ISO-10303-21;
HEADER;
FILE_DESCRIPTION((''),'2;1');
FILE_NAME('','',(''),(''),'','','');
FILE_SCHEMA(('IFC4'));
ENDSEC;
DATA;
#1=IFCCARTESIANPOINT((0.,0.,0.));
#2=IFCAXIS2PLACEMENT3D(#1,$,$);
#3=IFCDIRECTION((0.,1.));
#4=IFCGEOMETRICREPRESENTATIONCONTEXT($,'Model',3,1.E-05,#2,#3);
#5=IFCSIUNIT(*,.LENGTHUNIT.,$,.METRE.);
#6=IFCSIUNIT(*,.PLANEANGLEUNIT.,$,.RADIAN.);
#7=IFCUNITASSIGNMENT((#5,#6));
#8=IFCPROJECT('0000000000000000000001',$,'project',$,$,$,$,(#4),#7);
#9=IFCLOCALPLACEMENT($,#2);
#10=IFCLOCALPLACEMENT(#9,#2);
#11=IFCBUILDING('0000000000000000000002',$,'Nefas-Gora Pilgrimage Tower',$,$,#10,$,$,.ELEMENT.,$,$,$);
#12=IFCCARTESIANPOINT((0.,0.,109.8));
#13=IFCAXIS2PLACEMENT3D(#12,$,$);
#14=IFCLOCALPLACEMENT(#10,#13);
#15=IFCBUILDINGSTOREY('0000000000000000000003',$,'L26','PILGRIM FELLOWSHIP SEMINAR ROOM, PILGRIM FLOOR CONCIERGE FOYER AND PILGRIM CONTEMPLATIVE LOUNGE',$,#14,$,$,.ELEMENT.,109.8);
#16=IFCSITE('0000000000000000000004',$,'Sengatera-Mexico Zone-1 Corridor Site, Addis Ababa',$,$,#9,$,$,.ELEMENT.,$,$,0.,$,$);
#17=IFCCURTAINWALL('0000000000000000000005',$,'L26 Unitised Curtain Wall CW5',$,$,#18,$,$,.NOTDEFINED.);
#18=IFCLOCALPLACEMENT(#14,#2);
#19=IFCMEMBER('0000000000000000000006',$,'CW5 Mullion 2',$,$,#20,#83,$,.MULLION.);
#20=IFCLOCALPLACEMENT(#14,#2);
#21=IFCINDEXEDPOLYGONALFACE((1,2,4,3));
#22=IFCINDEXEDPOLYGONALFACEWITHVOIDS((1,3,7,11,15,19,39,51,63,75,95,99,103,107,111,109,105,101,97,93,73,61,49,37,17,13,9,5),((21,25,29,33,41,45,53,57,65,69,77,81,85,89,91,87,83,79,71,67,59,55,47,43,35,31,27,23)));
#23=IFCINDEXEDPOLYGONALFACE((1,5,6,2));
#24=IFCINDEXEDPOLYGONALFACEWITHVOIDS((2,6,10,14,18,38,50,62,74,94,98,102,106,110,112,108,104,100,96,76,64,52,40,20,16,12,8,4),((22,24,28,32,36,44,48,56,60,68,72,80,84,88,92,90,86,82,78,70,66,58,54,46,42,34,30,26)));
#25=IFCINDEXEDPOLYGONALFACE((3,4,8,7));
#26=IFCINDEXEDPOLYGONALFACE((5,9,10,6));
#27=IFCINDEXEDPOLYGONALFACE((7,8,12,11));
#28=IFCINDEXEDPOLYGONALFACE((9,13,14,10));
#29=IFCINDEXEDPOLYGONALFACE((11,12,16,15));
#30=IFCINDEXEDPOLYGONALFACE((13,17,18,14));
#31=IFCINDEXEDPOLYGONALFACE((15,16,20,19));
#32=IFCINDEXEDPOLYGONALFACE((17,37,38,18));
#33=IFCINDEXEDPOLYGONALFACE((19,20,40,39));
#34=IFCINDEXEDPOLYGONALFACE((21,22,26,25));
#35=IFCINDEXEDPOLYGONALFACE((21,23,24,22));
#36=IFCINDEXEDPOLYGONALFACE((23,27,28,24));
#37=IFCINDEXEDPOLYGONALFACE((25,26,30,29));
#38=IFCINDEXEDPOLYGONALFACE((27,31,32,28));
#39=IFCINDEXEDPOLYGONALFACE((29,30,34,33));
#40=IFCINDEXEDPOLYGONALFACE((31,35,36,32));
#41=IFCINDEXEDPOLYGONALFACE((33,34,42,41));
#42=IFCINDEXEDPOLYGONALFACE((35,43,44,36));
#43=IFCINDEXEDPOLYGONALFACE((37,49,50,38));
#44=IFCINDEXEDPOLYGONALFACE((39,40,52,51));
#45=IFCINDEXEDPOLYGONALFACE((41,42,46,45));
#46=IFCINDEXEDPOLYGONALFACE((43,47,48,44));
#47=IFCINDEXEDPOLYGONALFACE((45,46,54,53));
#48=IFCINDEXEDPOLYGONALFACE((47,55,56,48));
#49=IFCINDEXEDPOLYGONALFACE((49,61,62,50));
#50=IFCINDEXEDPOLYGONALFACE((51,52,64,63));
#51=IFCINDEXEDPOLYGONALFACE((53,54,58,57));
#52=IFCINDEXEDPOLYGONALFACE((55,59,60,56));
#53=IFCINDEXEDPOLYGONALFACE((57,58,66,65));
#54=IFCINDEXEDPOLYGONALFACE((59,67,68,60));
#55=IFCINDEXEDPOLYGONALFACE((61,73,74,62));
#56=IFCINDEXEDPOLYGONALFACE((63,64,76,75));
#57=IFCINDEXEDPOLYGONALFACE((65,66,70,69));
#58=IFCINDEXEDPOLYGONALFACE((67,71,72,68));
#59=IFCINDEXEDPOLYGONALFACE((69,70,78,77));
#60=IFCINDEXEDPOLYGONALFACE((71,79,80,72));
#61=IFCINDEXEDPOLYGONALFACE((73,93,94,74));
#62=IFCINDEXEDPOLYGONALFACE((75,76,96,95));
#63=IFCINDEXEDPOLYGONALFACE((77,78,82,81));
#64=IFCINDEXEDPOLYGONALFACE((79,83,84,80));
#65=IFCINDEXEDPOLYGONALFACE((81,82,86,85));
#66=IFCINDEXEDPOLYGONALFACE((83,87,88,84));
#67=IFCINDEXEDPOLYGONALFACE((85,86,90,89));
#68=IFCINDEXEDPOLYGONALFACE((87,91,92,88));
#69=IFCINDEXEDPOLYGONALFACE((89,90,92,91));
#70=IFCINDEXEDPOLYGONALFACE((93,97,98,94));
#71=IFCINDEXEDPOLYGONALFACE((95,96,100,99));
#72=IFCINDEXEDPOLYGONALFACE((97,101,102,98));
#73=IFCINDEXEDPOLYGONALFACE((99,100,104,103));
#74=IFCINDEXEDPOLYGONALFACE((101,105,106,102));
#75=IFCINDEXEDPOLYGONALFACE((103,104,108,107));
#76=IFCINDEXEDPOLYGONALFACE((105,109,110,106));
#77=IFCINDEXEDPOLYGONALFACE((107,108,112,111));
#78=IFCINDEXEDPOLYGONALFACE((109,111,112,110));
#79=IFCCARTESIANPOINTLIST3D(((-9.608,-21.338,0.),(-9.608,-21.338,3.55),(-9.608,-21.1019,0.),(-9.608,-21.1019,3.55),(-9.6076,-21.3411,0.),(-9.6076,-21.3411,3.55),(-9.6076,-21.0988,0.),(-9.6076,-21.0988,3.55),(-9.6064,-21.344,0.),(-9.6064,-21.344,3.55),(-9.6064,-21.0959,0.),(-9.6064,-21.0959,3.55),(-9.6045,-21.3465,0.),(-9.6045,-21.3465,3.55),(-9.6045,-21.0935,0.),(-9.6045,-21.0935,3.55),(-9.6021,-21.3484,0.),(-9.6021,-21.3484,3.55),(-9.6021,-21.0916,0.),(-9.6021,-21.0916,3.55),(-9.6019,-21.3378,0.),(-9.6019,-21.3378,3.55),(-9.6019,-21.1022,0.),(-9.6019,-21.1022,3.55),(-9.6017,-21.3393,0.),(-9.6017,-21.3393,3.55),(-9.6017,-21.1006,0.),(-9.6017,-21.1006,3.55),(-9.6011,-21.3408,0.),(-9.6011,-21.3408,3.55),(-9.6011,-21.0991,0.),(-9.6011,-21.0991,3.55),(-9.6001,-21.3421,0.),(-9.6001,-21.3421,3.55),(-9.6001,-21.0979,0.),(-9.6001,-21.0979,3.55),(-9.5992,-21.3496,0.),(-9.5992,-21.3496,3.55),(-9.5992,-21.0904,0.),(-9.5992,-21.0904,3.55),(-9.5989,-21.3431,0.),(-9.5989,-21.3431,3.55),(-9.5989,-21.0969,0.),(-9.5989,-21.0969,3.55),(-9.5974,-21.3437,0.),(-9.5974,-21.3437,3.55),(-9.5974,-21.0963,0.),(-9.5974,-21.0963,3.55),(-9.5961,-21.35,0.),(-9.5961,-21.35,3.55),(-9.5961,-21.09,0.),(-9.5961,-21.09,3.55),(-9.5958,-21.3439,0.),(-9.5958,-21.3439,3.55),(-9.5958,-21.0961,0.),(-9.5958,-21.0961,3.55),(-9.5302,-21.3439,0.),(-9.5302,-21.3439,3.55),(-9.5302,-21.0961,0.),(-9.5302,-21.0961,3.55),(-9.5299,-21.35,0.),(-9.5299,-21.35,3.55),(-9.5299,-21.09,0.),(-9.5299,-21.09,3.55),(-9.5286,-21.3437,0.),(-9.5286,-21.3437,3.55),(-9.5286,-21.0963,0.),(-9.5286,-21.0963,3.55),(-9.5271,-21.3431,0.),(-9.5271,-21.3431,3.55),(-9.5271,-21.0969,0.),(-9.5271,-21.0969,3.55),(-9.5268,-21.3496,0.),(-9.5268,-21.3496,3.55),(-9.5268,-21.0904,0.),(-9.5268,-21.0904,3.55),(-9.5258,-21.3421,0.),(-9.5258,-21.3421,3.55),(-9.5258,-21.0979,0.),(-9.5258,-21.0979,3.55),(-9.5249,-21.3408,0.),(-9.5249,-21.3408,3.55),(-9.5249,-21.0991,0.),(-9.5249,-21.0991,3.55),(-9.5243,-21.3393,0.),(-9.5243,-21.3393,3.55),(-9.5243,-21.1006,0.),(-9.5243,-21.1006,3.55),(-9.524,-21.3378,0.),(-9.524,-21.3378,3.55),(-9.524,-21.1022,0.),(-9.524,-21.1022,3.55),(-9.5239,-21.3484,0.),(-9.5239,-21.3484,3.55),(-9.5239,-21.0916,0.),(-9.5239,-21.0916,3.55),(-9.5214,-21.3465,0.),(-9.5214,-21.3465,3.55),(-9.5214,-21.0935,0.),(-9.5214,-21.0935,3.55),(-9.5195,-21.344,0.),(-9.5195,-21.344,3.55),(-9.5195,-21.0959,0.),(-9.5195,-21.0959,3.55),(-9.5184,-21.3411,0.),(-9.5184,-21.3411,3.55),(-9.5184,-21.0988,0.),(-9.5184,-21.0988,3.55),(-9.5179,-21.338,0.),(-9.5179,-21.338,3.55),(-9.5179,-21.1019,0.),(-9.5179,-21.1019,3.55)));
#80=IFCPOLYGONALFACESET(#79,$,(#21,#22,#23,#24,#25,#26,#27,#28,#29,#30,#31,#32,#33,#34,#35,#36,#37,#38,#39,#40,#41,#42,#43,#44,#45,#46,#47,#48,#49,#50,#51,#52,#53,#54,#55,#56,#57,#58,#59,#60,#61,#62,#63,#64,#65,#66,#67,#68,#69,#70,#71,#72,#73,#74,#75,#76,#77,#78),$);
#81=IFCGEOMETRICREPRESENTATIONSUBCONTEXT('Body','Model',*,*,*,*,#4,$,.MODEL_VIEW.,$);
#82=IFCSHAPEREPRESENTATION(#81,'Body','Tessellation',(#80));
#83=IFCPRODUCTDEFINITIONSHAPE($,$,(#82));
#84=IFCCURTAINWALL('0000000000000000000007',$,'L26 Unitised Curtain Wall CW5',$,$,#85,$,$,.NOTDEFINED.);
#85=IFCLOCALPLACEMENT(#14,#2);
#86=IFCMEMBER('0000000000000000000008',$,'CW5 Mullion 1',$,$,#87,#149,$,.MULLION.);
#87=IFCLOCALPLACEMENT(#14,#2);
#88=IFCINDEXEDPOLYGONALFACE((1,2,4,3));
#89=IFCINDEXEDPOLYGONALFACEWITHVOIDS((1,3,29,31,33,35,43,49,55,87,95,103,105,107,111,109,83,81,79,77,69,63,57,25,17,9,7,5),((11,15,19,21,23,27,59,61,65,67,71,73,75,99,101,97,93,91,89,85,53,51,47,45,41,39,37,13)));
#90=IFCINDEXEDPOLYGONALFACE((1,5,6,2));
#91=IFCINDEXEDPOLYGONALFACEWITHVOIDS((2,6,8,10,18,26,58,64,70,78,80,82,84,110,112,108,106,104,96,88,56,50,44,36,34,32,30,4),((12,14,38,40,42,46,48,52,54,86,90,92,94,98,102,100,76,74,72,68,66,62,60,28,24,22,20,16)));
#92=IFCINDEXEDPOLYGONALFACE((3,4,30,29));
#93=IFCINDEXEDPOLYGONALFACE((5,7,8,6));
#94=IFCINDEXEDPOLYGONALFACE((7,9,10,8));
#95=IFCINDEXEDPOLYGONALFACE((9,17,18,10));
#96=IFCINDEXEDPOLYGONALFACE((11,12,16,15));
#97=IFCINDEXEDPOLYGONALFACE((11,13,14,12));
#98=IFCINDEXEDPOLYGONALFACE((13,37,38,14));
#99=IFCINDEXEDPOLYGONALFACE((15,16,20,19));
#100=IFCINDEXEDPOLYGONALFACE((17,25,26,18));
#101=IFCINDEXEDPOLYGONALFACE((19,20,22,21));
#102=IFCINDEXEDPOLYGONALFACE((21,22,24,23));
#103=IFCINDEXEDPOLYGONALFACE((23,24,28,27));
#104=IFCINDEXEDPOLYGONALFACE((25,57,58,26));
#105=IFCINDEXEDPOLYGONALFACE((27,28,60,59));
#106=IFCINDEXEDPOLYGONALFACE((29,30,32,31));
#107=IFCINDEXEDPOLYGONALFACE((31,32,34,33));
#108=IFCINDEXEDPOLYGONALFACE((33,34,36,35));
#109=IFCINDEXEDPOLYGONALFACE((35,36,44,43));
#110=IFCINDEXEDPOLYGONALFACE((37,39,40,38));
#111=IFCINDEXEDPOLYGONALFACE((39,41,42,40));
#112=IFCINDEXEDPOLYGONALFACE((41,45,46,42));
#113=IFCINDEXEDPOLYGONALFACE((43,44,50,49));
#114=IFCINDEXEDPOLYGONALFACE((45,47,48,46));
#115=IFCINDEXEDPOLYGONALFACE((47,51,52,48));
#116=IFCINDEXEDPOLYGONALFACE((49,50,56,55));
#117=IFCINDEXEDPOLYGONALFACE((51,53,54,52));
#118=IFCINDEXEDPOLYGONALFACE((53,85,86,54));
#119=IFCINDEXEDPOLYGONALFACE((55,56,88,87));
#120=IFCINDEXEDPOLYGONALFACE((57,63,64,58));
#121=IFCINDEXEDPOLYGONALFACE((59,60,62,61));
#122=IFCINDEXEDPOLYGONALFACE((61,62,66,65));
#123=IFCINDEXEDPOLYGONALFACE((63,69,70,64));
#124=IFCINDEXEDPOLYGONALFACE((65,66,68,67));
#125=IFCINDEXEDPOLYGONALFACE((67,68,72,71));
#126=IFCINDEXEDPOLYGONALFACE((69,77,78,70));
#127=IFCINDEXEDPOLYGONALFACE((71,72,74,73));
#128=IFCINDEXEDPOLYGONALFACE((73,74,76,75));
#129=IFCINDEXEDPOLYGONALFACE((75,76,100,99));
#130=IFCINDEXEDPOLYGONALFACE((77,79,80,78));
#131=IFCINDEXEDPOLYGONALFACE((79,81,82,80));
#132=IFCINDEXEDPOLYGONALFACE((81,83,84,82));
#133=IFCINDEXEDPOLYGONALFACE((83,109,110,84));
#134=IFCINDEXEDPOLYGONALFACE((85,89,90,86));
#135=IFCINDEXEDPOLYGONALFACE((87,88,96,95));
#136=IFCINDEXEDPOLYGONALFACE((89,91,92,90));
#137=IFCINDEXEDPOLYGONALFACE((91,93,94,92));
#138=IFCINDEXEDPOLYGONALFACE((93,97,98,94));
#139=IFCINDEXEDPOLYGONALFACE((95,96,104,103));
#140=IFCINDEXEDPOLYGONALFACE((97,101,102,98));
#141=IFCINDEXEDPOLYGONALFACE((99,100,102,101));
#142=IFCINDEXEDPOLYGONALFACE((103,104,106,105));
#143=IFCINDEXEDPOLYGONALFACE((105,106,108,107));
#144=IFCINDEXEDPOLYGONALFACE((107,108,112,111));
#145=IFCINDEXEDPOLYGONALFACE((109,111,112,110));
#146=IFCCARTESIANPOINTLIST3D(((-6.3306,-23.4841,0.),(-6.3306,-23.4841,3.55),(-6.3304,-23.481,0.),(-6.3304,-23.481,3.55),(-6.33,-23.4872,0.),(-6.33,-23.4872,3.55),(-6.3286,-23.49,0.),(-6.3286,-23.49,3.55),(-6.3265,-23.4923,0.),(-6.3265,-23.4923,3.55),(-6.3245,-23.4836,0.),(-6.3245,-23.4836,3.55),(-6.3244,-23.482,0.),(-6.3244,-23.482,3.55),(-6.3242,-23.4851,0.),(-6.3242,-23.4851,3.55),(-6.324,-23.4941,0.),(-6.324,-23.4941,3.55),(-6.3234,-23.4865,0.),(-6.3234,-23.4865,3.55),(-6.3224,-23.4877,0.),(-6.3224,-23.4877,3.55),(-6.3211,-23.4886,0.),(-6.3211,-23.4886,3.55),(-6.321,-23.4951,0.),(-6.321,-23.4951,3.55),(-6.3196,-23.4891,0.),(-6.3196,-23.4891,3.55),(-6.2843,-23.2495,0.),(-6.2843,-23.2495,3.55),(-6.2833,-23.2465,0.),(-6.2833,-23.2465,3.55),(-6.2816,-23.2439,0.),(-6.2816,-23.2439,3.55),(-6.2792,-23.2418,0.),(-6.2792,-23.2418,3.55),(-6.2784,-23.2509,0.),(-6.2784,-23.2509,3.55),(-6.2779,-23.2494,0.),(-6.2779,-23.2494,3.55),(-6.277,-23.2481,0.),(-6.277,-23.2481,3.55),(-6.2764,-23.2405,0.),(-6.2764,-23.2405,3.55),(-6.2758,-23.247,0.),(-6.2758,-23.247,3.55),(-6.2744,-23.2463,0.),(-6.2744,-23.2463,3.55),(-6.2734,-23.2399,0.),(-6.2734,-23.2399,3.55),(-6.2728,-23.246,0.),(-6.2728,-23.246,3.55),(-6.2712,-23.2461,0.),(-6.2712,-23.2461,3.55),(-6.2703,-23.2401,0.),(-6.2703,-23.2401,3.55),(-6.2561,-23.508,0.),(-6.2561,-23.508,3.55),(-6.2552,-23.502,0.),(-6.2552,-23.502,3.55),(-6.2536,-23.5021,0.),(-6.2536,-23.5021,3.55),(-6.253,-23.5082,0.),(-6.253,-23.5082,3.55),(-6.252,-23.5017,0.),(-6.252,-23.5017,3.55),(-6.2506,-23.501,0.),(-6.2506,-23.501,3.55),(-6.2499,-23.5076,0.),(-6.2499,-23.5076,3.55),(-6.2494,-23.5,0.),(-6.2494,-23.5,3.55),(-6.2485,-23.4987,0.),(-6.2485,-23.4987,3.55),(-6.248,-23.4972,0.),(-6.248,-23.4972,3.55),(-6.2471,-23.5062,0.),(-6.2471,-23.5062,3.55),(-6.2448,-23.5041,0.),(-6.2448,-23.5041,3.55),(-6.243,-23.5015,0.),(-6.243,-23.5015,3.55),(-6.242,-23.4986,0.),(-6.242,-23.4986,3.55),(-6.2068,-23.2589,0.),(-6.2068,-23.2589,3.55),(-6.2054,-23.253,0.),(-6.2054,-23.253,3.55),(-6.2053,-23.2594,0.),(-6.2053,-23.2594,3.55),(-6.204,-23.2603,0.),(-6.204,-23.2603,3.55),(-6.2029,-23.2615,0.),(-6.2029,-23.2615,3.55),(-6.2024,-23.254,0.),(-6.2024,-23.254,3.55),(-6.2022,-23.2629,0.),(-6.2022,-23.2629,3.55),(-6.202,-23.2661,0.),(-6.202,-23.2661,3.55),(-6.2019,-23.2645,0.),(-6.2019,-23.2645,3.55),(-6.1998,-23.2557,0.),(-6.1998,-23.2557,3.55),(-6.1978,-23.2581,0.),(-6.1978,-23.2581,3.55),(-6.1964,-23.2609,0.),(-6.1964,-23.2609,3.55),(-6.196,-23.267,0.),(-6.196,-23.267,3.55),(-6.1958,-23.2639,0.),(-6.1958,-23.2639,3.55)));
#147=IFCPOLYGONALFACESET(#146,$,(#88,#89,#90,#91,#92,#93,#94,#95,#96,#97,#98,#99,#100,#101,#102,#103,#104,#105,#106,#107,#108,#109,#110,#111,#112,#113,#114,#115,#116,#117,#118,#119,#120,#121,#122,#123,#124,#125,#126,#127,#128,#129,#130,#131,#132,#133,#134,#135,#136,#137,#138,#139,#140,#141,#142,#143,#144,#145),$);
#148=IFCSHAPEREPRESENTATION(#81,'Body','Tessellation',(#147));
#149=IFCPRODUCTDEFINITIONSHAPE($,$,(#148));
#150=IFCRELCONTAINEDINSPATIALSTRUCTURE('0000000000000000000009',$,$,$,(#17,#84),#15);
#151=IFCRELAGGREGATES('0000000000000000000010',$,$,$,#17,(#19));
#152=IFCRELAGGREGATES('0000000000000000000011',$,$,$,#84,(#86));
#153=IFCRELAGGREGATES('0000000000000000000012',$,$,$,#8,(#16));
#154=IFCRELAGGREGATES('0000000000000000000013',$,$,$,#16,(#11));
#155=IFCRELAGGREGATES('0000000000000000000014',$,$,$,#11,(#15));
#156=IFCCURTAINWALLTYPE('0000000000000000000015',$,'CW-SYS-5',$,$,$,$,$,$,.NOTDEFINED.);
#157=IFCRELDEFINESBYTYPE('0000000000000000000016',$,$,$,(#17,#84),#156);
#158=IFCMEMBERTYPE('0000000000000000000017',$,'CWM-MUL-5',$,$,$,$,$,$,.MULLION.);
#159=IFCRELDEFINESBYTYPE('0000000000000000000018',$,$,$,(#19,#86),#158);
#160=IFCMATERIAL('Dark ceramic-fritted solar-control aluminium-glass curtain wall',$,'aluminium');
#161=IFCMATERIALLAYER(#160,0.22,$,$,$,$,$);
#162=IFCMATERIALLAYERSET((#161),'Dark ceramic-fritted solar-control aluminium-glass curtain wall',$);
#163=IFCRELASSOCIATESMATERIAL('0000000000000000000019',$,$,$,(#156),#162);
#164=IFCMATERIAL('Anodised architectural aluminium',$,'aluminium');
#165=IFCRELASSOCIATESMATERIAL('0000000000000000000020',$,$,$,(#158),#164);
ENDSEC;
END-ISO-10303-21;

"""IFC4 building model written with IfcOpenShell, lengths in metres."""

from ifc_helpers import new_model, si_unit, direction, frame, origin, origin_2d, place, context, subcontext, project, spatial, hollow_rectangle, extrude, source, transform, mapped, material, layer, layer_set, material_profile, profile_set, type_object, element, aggregate, save


model = new_model("IFC4")

# Units and contexts
model_context = context("Model", 3, precision=1e-05, world=origin(), true_north=direction((0.0, 1.0)))
body_context = subcontext(model_context, "Body", "Model", "MODEL_VIEW")
ifc_project = project(units=[si_unit("LENGTHUNIT", "METRE"), si_unit("PLANEANGLEUNIT", "RADIAN")], contexts=[model_context])

# Site, building, storey
site_placement = place(None, origin())
site = spatial("IfcSite", under=ifc_project, at=site_placement, Name="Sengatera-Mexico Zone-1 Corridor Site, Addis Ababa", CompositionType="ELEMENT", RefElevation=0.0)
building_placement = place(site_placement, origin())
building = spatial("IfcBuilding", under=site, at=building_placement, Name="Nefas-Gora Pilgrimage Tower", CompositionType="ELEMENT")
storey_placement = place(building_placement, frame((0.0, 0.0, 109.8)))
storey = spatial("IfcBuildingStorey", under=building, at=storey_placement, Name="L26", Description="PILGRIM FELLOWSHIP SEMINAR ROOM, PILGRIM FLOOR CONCIERGE FOYER AND PILGRIM CONTEMPLATIVE LOUNGE", CompositionType="ELEMENT", Elevation=109.8)

# Curtain wall, member
ifc_material_1 = material(Name="Dark ceramic-fritted solar-control aluminium-glass curtain wall", Category="aluminium")
ifc_layer_1 = layer(ifc_material_1, 0.22)
ifc_layer_set_1 = layer_set([ifc_layer_1], Name="Dark ceramic-fritted solar-control aluminium-glass curtain wall")
curtain_wall_type = type_object("IfcCurtainWallType", Name="CW-SYS-5", PredefinedType="NOTDEFINED", material=ifc_layer_set_1)
curtain_wall_1_placement = place(storey_placement, origin())
curtain_wall_1 = element("IfcCurtainWall", 1, at=curtain_wall_1_placement, inside=storey, type_object=curtain_wall_type, Name="L26 Unitised Curtain Wall CW5", PredefinedType="NOTDEFINED")
ifc_material_2 = material(Name="Anodised architectural aluminium", Category="aluminium")
ifc_material_profile_1 = material_profile(ifc_material_2, hollow_rectangle(XDim=0.0901, YDim=0.26, WallThickness=0.0061, InnerFilletRadius=0.0061, OuterFilletRadius=0.012, at=origin_2d()), Name="ALU MULLION 90x260")
ifc_profile_set_1 = profile_set([ifc_material_profile_1], Name="Anodised architectural aluminium")
member_type_1 = type_object("IfcMemberType", Name="CWM-MUL-5", PredefinedType="MULLION", material=ifc_profile_set_1)
shared_shape_1 = source(origin(), body_context, "Body", "SweptSolid", [
    extrude(hollow_rectangle(XDim=0.0901, YDim=0.26, WallThickness=0.0061, InnerFilletRadius=0.0061, OuterFilletRadius=0.012, at=origin_2d()), origin(), (0.0, 0.0, 1.0), 3.55),
])
member_1_placement = place(storey_placement, frame((-9.563, -21.22, 0.0), z_axis=(0.0, 0.0, 1.0), x_axis=(1.0, 0.0, 0.0)))
member_1 = element("IfcMember", 2, at=member_1_placement, type_object=member_type_1, Name="CW5 Mullion 2", PredefinedType="MULLION", context=body_context, shape_type="MappedRepresentation", body=[
    mapped(shared_shape_1, transform((0.0, 0.0, 0.0), x_axis=(1.0, 0.0, 0.0), y_axis=(0.0, 1.0, 0.0), z_axis=(0.0, 0.0, 1.0), scale=1.0)),
])
aggregate(curtain_wall_1, [member_1])

# Curtain wall, member
curtain_wall_2_placement = place(storey_placement, origin())
curtain_wall_2 = element("IfcCurtainWall", 3, at=curtain_wall_2_placement, inside=storey, type_object=curtain_wall_type, Name="L26 Unitised Curtain Wall CW5", PredefinedType="NOTDEFINED")
member_2_placement = place(storey_placement, frame((-6.2632, -23.374, 0.0), z_axis=(0.0, 0.0, 1.0), x_axis=(0.980783, -0.195102, 0.0)))
member_2 = element("IfcMember", 4, at=member_2_placement, type_object=member_type_1, Name="CW5 Mullion 1", PredefinedType="MULLION", context=body_context, shape_type="MappedRepresentation", body=[
    mapped(shared_shape_1, transform((0.0, 0.0, 0.0), x_axis=(1.0, 0.0, 0.0), y_axis=(0.0, 1.0, 0.0), z_axis=(0.0, 0.0, 1.0), scale=1.0)),
])

aggregate(curtain_wall_2, [member_2])

save(model, "model.ifc")
